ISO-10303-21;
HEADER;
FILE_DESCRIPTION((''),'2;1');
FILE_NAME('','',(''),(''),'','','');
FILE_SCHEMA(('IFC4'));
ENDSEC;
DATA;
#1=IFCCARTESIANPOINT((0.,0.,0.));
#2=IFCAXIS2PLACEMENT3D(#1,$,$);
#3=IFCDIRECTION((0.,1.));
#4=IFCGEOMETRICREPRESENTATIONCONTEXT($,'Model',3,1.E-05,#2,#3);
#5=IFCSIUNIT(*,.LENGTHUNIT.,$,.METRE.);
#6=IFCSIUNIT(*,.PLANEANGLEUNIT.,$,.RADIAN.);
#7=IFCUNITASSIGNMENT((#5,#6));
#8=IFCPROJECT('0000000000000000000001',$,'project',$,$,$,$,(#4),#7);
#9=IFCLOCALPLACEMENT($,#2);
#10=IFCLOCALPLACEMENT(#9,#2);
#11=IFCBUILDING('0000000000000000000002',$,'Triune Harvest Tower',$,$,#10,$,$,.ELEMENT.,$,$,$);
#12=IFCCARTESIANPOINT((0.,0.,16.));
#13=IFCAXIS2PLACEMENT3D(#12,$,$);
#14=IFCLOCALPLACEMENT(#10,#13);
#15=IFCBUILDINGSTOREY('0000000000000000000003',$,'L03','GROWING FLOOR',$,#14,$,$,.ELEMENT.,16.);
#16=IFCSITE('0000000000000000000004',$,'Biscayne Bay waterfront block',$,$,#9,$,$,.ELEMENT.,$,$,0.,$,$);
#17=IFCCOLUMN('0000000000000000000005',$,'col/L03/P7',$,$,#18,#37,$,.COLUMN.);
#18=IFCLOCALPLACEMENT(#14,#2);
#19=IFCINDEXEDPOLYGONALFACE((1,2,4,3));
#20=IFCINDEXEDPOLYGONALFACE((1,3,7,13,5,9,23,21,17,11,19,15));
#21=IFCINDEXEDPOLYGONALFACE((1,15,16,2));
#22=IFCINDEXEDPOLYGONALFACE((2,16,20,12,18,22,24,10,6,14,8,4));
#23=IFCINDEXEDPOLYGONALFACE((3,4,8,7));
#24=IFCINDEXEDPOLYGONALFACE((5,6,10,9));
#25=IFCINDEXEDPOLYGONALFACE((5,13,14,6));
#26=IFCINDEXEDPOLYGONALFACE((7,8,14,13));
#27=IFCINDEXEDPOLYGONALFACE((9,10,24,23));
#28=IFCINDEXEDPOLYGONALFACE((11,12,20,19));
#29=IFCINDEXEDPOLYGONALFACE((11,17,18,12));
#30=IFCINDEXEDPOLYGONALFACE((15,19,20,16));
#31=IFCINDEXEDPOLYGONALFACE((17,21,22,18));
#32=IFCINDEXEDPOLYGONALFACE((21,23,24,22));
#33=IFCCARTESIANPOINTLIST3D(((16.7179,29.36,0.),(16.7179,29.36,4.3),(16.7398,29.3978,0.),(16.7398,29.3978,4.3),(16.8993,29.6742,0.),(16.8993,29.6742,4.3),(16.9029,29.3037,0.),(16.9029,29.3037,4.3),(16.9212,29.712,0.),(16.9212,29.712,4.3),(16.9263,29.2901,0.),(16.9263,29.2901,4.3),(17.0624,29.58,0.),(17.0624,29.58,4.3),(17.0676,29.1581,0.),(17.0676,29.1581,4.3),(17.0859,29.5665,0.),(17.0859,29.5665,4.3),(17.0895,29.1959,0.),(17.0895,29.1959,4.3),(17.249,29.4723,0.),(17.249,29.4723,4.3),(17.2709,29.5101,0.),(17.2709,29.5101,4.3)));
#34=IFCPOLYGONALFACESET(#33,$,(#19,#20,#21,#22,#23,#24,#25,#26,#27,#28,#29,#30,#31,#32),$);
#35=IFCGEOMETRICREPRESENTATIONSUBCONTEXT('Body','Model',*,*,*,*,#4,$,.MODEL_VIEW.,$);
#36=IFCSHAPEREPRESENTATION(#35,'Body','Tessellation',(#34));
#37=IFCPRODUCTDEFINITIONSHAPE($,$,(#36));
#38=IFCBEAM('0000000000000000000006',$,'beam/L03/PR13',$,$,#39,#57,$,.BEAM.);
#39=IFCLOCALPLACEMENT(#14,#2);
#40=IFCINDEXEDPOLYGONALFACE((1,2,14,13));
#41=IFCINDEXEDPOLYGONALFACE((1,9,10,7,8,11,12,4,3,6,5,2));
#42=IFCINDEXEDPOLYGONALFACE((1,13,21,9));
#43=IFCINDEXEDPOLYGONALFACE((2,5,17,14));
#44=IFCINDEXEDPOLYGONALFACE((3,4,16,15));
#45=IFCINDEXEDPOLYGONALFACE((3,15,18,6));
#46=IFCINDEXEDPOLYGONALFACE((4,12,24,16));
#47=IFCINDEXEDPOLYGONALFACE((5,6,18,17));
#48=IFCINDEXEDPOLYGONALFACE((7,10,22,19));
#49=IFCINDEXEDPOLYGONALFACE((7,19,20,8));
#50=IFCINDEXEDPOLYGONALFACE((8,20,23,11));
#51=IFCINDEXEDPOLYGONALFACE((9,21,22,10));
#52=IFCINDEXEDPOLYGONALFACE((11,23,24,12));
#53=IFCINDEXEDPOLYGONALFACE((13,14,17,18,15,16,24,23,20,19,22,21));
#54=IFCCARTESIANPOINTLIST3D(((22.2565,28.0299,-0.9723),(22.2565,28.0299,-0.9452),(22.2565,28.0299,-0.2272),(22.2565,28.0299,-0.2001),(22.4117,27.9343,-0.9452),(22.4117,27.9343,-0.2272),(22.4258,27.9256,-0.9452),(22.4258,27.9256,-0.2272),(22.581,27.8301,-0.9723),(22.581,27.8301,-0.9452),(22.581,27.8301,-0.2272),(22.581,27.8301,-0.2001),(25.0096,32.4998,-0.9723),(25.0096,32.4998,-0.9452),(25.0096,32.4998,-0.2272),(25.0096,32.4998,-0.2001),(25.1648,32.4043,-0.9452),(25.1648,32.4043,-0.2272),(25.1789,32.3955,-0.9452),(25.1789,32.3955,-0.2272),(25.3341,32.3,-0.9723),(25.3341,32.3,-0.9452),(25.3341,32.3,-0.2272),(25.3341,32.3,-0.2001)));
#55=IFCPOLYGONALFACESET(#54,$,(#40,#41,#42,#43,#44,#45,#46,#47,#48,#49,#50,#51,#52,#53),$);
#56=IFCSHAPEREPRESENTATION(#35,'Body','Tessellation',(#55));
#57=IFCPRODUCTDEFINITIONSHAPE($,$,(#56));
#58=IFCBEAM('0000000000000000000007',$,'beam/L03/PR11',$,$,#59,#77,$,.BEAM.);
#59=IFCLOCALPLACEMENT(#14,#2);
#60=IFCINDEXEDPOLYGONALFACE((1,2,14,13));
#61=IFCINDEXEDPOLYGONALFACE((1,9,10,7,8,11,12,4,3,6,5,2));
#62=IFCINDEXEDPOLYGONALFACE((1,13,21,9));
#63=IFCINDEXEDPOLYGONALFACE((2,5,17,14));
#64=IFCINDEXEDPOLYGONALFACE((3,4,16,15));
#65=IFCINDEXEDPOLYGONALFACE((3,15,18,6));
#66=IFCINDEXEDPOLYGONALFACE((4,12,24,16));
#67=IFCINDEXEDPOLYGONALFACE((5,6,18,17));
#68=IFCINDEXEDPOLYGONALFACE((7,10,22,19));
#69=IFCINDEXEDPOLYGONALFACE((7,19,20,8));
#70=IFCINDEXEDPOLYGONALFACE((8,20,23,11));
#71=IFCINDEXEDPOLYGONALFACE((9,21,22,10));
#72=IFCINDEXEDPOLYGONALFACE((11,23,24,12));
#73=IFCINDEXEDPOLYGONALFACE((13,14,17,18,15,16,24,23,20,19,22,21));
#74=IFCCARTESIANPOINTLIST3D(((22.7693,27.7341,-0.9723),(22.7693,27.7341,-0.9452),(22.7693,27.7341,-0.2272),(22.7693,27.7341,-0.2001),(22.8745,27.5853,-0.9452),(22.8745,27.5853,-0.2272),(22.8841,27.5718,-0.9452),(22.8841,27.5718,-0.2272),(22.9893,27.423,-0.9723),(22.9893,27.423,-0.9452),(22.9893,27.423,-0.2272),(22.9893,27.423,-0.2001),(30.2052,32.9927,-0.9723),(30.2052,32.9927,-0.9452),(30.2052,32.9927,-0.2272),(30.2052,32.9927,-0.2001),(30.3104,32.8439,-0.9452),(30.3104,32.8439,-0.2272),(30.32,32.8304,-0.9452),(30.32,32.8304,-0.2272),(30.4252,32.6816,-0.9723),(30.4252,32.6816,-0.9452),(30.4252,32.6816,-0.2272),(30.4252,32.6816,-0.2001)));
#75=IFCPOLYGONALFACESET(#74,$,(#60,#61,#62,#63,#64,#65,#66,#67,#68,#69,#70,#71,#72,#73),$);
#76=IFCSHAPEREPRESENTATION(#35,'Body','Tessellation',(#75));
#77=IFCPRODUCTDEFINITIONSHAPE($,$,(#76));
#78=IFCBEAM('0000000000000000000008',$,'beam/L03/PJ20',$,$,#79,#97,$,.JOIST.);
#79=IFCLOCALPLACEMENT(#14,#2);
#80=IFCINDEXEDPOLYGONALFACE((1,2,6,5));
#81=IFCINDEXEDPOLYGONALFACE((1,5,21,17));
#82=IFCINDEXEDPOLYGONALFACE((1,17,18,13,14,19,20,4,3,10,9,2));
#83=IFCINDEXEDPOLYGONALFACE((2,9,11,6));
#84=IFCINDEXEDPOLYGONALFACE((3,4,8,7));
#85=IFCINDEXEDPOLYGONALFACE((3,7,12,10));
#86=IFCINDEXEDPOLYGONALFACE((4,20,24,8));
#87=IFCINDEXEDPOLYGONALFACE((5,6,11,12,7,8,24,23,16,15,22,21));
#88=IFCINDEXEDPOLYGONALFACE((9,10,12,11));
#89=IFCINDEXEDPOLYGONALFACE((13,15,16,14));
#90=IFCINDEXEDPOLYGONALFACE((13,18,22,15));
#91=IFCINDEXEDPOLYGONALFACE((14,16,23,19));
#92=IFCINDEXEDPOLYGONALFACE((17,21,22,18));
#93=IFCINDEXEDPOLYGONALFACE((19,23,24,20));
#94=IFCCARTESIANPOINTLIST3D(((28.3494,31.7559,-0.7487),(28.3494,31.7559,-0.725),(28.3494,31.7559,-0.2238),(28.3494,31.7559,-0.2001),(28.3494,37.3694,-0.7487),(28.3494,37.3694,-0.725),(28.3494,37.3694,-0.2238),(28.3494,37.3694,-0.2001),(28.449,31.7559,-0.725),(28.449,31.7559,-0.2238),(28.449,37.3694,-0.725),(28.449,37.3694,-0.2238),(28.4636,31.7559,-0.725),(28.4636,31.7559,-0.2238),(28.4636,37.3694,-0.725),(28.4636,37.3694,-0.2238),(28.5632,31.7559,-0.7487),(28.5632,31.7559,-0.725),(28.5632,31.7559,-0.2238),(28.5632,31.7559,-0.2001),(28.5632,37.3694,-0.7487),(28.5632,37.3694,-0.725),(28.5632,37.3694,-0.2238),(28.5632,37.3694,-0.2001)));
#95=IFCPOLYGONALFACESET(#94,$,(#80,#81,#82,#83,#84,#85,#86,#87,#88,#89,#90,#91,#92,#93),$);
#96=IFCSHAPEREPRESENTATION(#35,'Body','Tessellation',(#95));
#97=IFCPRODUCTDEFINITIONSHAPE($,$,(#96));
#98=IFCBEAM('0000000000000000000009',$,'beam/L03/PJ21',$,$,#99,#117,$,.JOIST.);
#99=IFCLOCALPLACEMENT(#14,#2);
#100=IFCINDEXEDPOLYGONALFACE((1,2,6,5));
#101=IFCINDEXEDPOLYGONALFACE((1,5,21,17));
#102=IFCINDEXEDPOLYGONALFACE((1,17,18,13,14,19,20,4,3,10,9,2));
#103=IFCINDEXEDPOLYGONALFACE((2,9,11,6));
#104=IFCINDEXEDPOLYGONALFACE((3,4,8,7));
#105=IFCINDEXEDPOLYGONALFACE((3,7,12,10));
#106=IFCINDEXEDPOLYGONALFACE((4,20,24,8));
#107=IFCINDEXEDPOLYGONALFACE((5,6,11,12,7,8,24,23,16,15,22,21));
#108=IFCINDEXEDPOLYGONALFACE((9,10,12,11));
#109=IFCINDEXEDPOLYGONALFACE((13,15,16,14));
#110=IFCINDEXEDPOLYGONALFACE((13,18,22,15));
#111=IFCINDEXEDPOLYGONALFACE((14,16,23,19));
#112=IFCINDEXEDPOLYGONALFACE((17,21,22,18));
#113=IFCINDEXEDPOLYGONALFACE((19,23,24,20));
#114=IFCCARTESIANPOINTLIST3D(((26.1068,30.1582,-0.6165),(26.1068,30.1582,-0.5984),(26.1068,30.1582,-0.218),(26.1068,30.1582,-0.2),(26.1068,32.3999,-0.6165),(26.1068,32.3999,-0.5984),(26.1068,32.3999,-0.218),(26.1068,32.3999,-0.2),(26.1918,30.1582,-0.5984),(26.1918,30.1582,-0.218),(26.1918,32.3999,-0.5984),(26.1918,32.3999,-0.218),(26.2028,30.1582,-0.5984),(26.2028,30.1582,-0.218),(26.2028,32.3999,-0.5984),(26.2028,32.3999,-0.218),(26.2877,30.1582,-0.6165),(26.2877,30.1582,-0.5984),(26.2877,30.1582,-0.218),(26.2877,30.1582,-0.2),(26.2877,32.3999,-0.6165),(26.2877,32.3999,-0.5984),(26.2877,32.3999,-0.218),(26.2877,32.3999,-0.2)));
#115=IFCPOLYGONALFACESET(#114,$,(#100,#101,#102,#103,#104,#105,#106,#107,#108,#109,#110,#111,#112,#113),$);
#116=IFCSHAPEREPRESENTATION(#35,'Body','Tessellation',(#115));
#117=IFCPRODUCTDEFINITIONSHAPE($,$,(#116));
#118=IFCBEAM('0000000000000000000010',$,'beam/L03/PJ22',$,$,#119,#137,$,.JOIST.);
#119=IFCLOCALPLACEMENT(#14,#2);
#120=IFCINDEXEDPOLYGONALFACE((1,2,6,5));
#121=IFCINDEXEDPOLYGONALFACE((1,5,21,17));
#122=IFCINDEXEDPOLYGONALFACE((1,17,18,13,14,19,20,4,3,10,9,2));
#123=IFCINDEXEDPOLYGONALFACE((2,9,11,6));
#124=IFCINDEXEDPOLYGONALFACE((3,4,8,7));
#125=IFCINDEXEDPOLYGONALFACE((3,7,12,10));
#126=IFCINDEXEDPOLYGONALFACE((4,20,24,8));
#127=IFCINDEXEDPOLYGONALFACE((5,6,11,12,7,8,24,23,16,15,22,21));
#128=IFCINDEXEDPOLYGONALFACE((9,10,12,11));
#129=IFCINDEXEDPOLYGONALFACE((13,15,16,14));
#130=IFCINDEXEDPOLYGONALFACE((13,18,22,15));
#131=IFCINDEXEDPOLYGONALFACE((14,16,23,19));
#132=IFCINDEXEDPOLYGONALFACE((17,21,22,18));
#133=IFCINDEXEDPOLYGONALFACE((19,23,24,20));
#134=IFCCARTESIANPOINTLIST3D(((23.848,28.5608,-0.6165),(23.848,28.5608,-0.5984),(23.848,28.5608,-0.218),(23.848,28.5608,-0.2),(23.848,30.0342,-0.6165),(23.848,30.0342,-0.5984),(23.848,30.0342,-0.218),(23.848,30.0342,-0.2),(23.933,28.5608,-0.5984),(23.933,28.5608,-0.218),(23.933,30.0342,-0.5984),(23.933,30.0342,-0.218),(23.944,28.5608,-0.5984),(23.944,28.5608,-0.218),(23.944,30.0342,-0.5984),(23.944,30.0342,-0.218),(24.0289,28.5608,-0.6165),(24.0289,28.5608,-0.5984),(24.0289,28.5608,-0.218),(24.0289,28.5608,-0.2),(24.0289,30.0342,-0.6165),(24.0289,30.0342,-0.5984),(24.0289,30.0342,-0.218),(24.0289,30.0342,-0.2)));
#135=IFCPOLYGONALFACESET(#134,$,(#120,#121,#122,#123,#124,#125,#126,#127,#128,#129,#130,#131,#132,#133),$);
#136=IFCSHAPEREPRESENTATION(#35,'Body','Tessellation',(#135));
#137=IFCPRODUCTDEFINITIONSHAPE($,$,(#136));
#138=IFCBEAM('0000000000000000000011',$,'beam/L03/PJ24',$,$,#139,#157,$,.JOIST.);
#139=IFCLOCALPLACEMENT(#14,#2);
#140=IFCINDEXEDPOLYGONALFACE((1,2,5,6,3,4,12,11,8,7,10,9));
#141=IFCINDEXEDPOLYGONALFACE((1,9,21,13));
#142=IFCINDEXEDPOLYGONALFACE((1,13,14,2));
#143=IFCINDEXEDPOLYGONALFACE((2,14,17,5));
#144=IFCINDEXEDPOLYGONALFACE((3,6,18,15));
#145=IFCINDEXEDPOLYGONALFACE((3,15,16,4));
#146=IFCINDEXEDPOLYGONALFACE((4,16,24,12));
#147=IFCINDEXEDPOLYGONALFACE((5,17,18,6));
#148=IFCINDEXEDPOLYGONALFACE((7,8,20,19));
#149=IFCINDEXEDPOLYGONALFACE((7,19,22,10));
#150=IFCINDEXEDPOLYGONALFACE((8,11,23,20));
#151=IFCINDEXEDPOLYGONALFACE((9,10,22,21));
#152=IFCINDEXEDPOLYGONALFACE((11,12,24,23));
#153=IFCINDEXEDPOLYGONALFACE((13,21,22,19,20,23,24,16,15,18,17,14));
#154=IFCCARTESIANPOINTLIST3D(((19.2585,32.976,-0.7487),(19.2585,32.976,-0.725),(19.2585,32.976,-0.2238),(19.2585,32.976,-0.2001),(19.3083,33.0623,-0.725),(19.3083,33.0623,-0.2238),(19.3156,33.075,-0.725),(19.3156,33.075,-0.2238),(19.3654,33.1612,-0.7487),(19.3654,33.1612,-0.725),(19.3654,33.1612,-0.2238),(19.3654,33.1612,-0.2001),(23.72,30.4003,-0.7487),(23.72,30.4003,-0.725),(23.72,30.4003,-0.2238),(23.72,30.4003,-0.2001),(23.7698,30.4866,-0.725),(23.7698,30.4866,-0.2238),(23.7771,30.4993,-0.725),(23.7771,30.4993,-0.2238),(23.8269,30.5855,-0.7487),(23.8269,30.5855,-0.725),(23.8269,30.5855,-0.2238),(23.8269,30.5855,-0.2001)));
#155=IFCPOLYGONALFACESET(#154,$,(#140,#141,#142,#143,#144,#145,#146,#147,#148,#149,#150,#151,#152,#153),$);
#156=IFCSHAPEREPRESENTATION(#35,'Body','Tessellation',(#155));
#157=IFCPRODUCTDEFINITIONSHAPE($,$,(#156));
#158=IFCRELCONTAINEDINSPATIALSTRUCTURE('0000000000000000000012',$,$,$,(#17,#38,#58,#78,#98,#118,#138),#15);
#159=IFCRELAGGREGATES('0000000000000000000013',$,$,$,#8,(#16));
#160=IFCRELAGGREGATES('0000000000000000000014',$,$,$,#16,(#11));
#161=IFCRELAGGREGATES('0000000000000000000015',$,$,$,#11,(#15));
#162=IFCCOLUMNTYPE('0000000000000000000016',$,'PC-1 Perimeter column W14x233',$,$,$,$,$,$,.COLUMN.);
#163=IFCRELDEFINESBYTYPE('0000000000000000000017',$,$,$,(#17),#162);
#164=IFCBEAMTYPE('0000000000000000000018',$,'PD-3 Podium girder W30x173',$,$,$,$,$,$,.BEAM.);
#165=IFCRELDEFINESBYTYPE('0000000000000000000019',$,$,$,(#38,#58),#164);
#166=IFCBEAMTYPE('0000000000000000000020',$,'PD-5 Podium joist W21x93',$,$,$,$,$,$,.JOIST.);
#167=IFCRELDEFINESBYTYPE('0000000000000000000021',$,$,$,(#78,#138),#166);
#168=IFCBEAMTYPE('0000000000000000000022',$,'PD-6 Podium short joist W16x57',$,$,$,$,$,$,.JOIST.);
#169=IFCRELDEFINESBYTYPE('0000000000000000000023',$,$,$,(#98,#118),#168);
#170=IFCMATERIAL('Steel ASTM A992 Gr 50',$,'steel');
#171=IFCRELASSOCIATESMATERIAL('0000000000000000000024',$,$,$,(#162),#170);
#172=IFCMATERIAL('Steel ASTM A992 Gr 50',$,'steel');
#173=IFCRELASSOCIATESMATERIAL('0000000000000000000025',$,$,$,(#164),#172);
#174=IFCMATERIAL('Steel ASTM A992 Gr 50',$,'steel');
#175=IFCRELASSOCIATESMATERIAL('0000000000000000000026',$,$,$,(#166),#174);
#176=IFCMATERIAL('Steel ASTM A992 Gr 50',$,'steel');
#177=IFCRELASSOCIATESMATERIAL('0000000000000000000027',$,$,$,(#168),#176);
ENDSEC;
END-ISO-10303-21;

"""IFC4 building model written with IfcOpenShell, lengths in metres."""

from ifc_helpers import new_model, si_unit, direction, frame, origin, origin_2d, place, context, subcontext, project, spatial, i_section, extrude, source, transform, mapped, material, material_profile, profile_set, type_object, element, save


model = new_model("IFC4")

# Units and contexts
model_context = context("Model", 3, precision=1e-05, world=origin(), true_north=direction((0.0, 1.0)))
body_context = subcontext(model_context, "Body", "Model", "MODEL_VIEW")
ifc_project = project(units=[si_unit("LENGTHUNIT", "METRE"), si_unit("PLANEANGLEUNIT", "RADIAN")], contexts=[model_context])

# Site, building, storey
site_placement = place(None, origin())
site = spatial("IfcSite", under=ifc_project, at=site_placement, Name="Biscayne Bay waterfront block", CompositionType="ELEMENT", RefElevation=0.0)
building_placement = place(site_placement, origin())
building = spatial("IfcBuilding", under=site, at=building_placement, Name="Triune Harvest Tower", CompositionType="ELEMENT")
storey_placement = place(building_placement, frame((0.0, 0.0, 16.0)))
storey = spatial("IfcBuildingStorey", under=building, at=storey_placement, Name="L03", Description="GROWING FLOOR", CompositionType="ELEMENT", Elevation=16.0)

# Column
ifc_material_1 = material(Name="Steel ASTM A992 Gr 50", Category="steel")
ifc_material_profile_1 = material_profile(ifc_material_1, i_section(OverallWidth=0.4038, OverallDepth=0.4065, WebThickness=0.0271, FlangeThickness=0.0437, at=origin_2d()), Name="W14x233")
ifc_profile_set_1 = profile_set([ifc_material_profile_1], Name="Steel ASTM A992 Gr 50")
column_type = type_object("IfcColumnType", Name="PC-1 Perimeter column W14x233", PredefinedType="COLUMN", material=ifc_profile_set_1)
shared_shape_1 = source(origin(), body_context, "Body", "SweptSolid", [
    extrude(i_section(OverallWidth=0.4038, OverallDepth=0.4065, WebThickness=0.0271, FlangeThickness=0.0437, at=origin_2d()), origin(), (0.0, 0.0, 1.0), 4.3),
])
column_placement = place(storey_placement, frame((16.9944, 29.4351, 0.0), z_axis=(0.0, 0.0, 1.0), x_axis=(-0.866026, 0.499998, 0.0)))
element("IfcColumn", 1, at=column_placement, inside=storey, type_object=column_type, Name="col/L03/P7", PredefinedType="COLUMN", context=body_context, shape_type="MappedRepresentation", body=[
    mapped(shared_shape_1, transform((0.0, 0.0, 0.0), scale=1.0)),
])

# Beams
ifc_material_2 = material(Name="Steel ASTM A992 Gr 50", Category="steel")
ifc_material_profile_2 = material_profile(ifc_material_2, i_section(OverallWidth=0.3811, OverallDepth=0.7722, WebThickness=0.0166, FlangeThickness=0.0271, at=origin_2d()), Name="W30x173")
ifc_profile_set_2 = profile_set([ifc_material_profile_2], Name="Steel ASTM A992 Gr 50")
beam_type_1 = type_object("IfcBeamType", Name="PD-3 Podium girder W30x173", PredefinedType="BEAM", material=ifc_profile_set_2)
shared_shape_2 = source(origin(), body_context, "Body", "SweptSolid", [
    extrude(i_section(OverallWidth=0.3811, OverallDepth=0.7722, WebThickness=0.0166, FlangeThickness=0.0271, at=origin_2d()), origin(), (0.0, 0.0, 1.0), 5.2498),
])
beam_1_placement = place(storey_placement, frame((25.1719, 32.3999, -0.5862), z_axis=(-0.524432, -0.851452, 0.0), x_axis=(0.851452, -0.524432, 0.0)))
element("IfcBeam", 2, at=beam_1_placement, inside=storey, type_object=beam_type_1, Name="beam/L03/PR13", PredefinedType="BEAM", context=body_context, shape_type="MappedRepresentation", body=[
    mapped(shared_shape_2, transform((0.0, 0.0, 0.0), scale=1.0)),
])
shared_shape_3 = source(origin(), body_context, "Body", "SweptSolid", [
    extrude(i_section(OverallWidth=0.3811, OverallDepth=0.7722, WebThickness=0.0166, FlangeThickness=0.0271, at=origin_2d()), origin(), (0.0, 0.0, 1.0), 9.1074),
])
beam_2_placement = place(storey_placement, frame((30.3152, 32.8372, -0.5862), z_axis=(-0.816463, -0.577398, 0.0), x_axis=(0.577398, -0.816463, 0.0)))
element("IfcBeam", 3, at=beam_2_placement, inside=storey, type_object=beam_type_1, Name="beam/L03/PR11", PredefinedType="BEAM", context=body_context, shape_type="MappedRepresentation", body=[
    mapped(shared_shape_3, transform((0.0, 0.0, 0.0), scale=1.0)),
])
ifc_material_3 = material(Name="Steel ASTM A992 Gr 50", Category="steel")
ifc_material_profile_3 = material_profile(ifc_material_3, i_section(OverallWidth=0.2139, OverallDepth=0.5486, WebThickness=0.0146, FlangeThickness=0.0237, at=origin_2d()), Name="W21x93")
ifc_profile_set_3 = profile_set([ifc_material_profile_3], Name="Steel ASTM A992 Gr 50")
beam_type_2 = type_object("IfcBeamType", Name="PD-5 Podium joist W21x93", PredefinedType="JOIST", material=ifc_profile_set_3)
shared_shape_4 = source(origin(), body_context, "Body", "SweptSolid", [
    extrude(i_section(OverallWidth=0.2139, OverallDepth=0.5486, WebThickness=0.0146, FlangeThickness=0.0237, at=origin_2d()), origin(), (0.0, 0.0, 1.0), 5.6135),
])
beam_3_placement = place(storey_placement, frame((28.4563, 31.7559, -0.4744), z_axis=(0.0, 1.0, 0.0), x_axis=(-1.0, 0.0, 0.0)))
element("IfcBeam", 4, at=beam_3_placement, inside=storey, type_object=beam_type_2, Name="beam/L03/PJ20", PredefinedType="JOIST", context=body_context, shape_type="MappedRepresentation", body=[
    mapped(shared_shape_4, transform((0.0, 0.0, 0.0), scale=1.0)),
])
ifc_material_4 = material(Name="Steel ASTM A992 Gr 50", Category="steel")
ifc_material_profile_4 = material_profile(ifc_material_4, i_section(OverallWidth=0.1809, OverallDepth=0.4165, WebThickness=0.011, FlangeThickness=0.0181, at=origin_2d()), Name="W16x57")
ifc_profile_set_4 = profile_set([ifc_material_profile_4], Name="Steel ASTM A992 Gr 50")
beam_type_3 = type_object("IfcBeamType", Name="PD-6 Podium short joist W16x57", PredefinedType="JOIST", material=ifc_profile_set_4)
shared_shape_5 = source(origin(), body_context, "Body", "SweptSolid", [
    extrude(i_section(OverallWidth=0.1809, OverallDepth=0.4165, WebThickness=0.011, FlangeThickness=0.0181, at=origin_2d()), origin(), (0.0, 0.0, 1.0), 2.2417),
])
beam_4_placement = place(storey_placement, frame((26.1973, 30.1582, -0.4082), z_axis=(0.0, 1.0, 0.0), x_axis=(-1.0, 0.0, 0.0)))
element("IfcBeam", 5, at=beam_4_placement, inside=storey, type_object=beam_type_3, Name="beam/L03/PJ21", PredefinedType="JOIST", context=body_context, shape_type="MappedRepresentation", body=[
    mapped(shared_shape_5, transform((0.0, 0.0, 0.0), scale=1.0)),
])
shared_shape_6 = source(origin(), body_context, "Body", "SweptSolid", [
    extrude(i_section(OverallWidth=0.1809, OverallDepth=0.4165, WebThickness=0.011, FlangeThickness=0.0181, at=origin_2d()), origin(), (0.0, 0.0, 1.0), 1.4734),
])
beam_5_placement = place(storey_placement, frame((23.9385, 28.5608, -0.4082), z_axis=(0.0, 1.0, 0.0), x_axis=(-1.0, 0.0, 0.0)))
element("IfcBeam", 6, at=beam_5_placement, inside=storey, type_object=beam_type_3, Name="beam/L03/PJ22", PredefinedType="JOIST", context=body_context, shape_type="MappedRepresentation", body=[
    mapped(shared_shape_6, transform((0.0, 0.0, 0.0), scale=1.0)),
])
shared_shape_7 = source(origin(), body_context, "Body", "SweptSolid", [
    extrude(i_section(OverallWidth=0.2139, OverallDepth=0.5486, WebThickness=0.0146, FlangeThickness=0.0237, at=origin_2d()), origin(), (0.0, 0.0, 1.0), 5.1516),
])
beam_6_placement = place(storey_placement, frame((23.7734, 30.4929, -0.4744), z_axis=(-0.866036, 0.499982, 0.0), x_axis=(-0.499982, -0.866036, 0.0)))
element("IfcBeam", 7, at=beam_6_placement, inside=storey, type_object=beam_type_2, Name="beam/L03/PJ24", PredefinedType="JOIST", context=body_context, shape_type="MappedRepresentation", body=[
    mapped(shared_shape_7, transform((0.0, 0.0, 0.0), scale=1.0)),
])

save(model, "model.ifc")
